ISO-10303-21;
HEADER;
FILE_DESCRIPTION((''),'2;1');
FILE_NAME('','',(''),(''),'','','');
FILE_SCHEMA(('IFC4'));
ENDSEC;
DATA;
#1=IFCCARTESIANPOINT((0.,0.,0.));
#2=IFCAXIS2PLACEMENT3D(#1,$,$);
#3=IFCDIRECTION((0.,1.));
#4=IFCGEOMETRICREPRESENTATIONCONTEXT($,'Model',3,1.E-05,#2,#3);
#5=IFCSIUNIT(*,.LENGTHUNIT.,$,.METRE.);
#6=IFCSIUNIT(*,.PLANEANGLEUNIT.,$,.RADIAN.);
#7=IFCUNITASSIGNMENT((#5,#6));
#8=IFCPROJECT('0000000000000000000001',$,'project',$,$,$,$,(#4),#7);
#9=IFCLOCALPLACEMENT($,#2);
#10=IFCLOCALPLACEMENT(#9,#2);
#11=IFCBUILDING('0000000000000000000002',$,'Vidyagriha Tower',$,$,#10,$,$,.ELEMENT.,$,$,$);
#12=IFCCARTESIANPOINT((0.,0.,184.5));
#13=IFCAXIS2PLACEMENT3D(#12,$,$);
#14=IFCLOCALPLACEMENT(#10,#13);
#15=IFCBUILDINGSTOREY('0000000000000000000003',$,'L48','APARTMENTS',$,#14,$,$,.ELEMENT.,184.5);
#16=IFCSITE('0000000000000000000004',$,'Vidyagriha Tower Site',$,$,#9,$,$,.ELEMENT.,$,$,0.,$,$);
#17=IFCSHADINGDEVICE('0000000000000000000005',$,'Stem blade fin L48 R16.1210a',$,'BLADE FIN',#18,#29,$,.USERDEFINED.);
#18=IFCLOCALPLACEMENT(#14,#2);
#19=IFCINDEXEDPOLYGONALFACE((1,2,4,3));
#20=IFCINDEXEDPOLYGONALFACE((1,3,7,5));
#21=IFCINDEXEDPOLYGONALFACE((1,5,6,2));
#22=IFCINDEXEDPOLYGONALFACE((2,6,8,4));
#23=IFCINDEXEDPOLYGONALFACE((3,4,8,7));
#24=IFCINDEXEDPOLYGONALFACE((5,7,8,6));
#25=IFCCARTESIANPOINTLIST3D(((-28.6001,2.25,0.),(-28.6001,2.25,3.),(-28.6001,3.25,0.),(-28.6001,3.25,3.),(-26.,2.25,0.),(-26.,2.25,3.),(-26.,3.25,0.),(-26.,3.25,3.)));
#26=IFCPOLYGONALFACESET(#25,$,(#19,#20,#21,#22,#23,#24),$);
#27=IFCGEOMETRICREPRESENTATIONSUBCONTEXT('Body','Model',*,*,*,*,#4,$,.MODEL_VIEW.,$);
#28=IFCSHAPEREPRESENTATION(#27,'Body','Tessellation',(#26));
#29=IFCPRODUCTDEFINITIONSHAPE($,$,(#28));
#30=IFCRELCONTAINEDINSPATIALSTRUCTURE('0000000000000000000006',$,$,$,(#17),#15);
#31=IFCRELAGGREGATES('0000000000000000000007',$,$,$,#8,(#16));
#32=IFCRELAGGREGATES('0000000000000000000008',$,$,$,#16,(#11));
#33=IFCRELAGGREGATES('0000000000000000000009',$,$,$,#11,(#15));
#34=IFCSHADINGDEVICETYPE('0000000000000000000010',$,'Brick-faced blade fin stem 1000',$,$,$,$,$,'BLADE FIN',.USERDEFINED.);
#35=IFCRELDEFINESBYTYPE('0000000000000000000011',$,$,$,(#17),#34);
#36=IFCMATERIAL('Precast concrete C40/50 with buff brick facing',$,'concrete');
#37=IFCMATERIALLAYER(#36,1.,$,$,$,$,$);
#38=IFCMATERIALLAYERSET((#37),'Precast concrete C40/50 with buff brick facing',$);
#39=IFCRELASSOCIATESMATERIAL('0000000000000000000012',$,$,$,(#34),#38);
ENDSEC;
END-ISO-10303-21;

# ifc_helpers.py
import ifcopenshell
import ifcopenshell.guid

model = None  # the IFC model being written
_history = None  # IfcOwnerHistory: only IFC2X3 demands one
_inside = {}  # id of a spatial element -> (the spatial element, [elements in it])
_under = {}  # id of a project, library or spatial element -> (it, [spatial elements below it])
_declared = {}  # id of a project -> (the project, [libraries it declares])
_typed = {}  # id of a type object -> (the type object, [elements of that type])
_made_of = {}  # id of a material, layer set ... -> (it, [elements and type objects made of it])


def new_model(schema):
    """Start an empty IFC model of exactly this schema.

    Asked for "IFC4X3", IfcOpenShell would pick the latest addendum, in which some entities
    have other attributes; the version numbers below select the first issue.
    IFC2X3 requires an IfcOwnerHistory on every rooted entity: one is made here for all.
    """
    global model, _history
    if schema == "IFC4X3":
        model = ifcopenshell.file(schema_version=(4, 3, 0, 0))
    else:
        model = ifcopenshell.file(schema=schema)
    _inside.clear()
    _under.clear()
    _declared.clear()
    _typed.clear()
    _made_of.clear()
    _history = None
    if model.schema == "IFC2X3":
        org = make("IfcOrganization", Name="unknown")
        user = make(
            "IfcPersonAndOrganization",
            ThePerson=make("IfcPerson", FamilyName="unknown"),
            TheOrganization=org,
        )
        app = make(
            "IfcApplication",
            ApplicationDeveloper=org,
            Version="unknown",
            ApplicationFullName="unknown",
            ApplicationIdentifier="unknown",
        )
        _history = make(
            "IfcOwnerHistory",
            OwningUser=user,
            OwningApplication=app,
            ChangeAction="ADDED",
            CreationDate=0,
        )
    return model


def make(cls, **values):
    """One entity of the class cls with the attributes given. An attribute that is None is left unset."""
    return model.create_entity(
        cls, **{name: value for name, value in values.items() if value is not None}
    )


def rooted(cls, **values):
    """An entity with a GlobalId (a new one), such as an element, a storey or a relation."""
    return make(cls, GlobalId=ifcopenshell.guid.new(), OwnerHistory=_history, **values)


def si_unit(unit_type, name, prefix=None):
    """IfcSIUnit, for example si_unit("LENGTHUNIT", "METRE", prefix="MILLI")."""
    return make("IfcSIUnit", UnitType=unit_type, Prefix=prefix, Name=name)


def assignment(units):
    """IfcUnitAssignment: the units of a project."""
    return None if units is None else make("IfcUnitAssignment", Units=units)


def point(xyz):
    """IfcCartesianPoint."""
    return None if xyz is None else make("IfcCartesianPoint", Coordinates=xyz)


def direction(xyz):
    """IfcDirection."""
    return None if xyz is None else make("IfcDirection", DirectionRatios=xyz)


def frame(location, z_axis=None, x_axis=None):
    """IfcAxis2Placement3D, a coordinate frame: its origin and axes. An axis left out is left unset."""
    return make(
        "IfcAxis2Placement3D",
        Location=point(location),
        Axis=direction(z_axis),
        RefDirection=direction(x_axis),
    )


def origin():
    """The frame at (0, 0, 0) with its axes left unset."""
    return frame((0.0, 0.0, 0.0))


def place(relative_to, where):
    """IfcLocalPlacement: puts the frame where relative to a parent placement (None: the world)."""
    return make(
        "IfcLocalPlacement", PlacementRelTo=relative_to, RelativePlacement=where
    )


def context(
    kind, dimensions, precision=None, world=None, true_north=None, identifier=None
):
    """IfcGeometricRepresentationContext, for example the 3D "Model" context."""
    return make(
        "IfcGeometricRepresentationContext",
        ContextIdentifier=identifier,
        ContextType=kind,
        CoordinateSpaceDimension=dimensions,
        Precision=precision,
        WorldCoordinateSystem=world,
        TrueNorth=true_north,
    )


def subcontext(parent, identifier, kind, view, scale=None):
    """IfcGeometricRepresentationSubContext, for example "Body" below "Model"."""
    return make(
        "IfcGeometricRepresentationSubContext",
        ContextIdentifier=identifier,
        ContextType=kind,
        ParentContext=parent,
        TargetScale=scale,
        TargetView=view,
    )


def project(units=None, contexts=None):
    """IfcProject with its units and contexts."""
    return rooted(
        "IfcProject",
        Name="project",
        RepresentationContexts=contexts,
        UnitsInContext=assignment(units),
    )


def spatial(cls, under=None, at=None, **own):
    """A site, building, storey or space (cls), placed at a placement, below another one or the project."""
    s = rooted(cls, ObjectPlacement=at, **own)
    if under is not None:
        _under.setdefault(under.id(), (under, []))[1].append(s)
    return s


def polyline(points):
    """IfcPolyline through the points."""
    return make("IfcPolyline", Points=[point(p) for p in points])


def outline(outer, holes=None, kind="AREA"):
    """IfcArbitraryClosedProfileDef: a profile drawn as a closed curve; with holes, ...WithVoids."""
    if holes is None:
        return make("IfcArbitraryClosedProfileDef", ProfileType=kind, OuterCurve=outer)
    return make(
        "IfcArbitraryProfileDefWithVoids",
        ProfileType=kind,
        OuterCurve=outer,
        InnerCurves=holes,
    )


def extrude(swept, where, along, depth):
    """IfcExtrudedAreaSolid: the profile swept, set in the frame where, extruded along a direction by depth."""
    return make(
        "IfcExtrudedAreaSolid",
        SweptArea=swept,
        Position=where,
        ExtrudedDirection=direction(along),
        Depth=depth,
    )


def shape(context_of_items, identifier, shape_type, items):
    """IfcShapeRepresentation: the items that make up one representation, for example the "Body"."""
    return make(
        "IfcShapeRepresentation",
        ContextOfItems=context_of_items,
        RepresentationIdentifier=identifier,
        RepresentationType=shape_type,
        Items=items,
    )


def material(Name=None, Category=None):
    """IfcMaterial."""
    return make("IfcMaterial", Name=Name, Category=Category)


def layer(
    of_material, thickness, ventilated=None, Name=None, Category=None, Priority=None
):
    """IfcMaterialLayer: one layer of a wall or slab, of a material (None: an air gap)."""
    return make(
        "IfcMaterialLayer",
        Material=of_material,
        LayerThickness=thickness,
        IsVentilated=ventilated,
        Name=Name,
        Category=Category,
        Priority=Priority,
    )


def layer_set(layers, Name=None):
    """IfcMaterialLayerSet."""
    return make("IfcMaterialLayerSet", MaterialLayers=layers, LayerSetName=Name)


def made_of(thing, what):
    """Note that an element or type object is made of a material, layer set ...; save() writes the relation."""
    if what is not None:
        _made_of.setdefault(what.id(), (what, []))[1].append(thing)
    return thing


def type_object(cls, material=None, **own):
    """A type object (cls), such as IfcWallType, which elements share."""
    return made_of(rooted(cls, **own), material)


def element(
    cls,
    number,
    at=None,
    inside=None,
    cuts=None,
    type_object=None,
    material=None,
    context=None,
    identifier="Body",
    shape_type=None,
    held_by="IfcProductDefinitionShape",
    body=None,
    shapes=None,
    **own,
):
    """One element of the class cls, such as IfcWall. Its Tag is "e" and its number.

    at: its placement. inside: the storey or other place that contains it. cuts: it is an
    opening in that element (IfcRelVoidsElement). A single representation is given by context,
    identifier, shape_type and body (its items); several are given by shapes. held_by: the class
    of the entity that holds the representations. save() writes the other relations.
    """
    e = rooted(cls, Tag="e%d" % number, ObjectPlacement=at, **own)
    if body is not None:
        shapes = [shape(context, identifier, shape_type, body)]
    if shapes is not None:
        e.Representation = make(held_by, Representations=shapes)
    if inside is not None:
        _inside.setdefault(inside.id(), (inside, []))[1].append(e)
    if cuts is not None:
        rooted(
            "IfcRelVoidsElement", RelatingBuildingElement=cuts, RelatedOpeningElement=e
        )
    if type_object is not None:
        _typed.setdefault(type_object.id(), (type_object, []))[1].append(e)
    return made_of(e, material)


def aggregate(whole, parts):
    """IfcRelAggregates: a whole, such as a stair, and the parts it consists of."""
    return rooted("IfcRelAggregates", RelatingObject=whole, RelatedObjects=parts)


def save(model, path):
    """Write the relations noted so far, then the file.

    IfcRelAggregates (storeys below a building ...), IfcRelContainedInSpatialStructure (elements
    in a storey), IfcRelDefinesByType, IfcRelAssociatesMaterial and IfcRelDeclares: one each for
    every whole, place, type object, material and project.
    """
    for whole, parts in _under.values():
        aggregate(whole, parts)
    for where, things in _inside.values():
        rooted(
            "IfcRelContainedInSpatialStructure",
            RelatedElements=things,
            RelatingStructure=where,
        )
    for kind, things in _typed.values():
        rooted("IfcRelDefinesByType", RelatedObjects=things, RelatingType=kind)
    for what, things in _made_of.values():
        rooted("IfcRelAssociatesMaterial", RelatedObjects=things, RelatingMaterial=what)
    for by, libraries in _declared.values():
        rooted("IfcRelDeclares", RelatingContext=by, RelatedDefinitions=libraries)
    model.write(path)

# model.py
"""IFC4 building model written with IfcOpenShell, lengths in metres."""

from ifc_helpers import new_model, si_unit, direction, frame, origin, place, context, subcontext, project, spatial, polyline, outline, extrude, material, layer, layer_set, type_object, element, save


model = new_model("IFC4")

# Units and contexts
model_context = context("Model", 3, precision=1e-05, world=origin(), true_north=direction((0.0, 1.0)))
body_context = subcontext(model_context, "Body", "Model", "MODEL_VIEW")
ifc_project = project(units=[si_unit("LENGTHUNIT", "METRE"), si_unit("PLANEANGLEUNIT", "RADIAN")], contexts=[model_context])

# Site, building, storey
site_placement = place(None, origin())
site = spatial("IfcSite", under=ifc_project, at=site_placement, Name="Vidyagriha Tower Site", CompositionType="ELEMENT", RefElevation=0.0)
building_placement = place(site_placement, origin())
building = spatial("IfcBuilding", under=site, at=building_placement, Name="Vidyagriha Tower", CompositionType="ELEMENT")
storey_placement = place(building_placement, frame((0.0, 0.0, 184.5)))
storey = spatial("IfcBuildingStorey", under=building, at=storey_placement, Name="L48", Description="APARTMENTS", CompositionType="ELEMENT", Elevation=184.5)

# Shading device
ifc_material_1 = material(Name="Precast concrete C40/50 with buff brick facing", Category="concrete")
ifc_layer_1 = layer(ifc_material_1, 1.0)
ifc_layer_set_1 = layer_set([ifc_layer_1], Name="Precast concrete C40/50 with buff brick facing")
shading_device_type_1 = type_object("IfcShadingDeviceType", Name="Brick-faced blade fin stem 1000", ElementType="BLADE FIN", PredefinedType="USERDEFINED", material=ifc_layer_set_1)
shading_device_1_placement = place(storey_placement, frame((-27.3, 3.25, 0.0), z_axis=(0.0, 0.0, 1.0), x_axis=(0.0, -1.0, 0.0)))
element("IfcShadingDevice", 1, at=shading_device_1_placement, inside=storey, type_object=shading_device_type_1, Name="Stem blade fin L48 R16.1210a", ObjectType="BLADE FIN", PredefinedType="USERDEFINED", context=body_context, shape_type="SweptSolid", body=[
    extrude(outline(polyline([(0.0, 0.0), (1.0, 0.0), (1.0, 3.0), (0.0, 3.0), (0.0, 0.0)])), frame((0.0, 1.3, 0.0), z_axis=(0.0, -1.0, 0.0), x_axis=(1.0, 0.0, 0.0)), (0.0, 0.0, 1.0), 2.6001),
])

save(model, "model.ifc")
